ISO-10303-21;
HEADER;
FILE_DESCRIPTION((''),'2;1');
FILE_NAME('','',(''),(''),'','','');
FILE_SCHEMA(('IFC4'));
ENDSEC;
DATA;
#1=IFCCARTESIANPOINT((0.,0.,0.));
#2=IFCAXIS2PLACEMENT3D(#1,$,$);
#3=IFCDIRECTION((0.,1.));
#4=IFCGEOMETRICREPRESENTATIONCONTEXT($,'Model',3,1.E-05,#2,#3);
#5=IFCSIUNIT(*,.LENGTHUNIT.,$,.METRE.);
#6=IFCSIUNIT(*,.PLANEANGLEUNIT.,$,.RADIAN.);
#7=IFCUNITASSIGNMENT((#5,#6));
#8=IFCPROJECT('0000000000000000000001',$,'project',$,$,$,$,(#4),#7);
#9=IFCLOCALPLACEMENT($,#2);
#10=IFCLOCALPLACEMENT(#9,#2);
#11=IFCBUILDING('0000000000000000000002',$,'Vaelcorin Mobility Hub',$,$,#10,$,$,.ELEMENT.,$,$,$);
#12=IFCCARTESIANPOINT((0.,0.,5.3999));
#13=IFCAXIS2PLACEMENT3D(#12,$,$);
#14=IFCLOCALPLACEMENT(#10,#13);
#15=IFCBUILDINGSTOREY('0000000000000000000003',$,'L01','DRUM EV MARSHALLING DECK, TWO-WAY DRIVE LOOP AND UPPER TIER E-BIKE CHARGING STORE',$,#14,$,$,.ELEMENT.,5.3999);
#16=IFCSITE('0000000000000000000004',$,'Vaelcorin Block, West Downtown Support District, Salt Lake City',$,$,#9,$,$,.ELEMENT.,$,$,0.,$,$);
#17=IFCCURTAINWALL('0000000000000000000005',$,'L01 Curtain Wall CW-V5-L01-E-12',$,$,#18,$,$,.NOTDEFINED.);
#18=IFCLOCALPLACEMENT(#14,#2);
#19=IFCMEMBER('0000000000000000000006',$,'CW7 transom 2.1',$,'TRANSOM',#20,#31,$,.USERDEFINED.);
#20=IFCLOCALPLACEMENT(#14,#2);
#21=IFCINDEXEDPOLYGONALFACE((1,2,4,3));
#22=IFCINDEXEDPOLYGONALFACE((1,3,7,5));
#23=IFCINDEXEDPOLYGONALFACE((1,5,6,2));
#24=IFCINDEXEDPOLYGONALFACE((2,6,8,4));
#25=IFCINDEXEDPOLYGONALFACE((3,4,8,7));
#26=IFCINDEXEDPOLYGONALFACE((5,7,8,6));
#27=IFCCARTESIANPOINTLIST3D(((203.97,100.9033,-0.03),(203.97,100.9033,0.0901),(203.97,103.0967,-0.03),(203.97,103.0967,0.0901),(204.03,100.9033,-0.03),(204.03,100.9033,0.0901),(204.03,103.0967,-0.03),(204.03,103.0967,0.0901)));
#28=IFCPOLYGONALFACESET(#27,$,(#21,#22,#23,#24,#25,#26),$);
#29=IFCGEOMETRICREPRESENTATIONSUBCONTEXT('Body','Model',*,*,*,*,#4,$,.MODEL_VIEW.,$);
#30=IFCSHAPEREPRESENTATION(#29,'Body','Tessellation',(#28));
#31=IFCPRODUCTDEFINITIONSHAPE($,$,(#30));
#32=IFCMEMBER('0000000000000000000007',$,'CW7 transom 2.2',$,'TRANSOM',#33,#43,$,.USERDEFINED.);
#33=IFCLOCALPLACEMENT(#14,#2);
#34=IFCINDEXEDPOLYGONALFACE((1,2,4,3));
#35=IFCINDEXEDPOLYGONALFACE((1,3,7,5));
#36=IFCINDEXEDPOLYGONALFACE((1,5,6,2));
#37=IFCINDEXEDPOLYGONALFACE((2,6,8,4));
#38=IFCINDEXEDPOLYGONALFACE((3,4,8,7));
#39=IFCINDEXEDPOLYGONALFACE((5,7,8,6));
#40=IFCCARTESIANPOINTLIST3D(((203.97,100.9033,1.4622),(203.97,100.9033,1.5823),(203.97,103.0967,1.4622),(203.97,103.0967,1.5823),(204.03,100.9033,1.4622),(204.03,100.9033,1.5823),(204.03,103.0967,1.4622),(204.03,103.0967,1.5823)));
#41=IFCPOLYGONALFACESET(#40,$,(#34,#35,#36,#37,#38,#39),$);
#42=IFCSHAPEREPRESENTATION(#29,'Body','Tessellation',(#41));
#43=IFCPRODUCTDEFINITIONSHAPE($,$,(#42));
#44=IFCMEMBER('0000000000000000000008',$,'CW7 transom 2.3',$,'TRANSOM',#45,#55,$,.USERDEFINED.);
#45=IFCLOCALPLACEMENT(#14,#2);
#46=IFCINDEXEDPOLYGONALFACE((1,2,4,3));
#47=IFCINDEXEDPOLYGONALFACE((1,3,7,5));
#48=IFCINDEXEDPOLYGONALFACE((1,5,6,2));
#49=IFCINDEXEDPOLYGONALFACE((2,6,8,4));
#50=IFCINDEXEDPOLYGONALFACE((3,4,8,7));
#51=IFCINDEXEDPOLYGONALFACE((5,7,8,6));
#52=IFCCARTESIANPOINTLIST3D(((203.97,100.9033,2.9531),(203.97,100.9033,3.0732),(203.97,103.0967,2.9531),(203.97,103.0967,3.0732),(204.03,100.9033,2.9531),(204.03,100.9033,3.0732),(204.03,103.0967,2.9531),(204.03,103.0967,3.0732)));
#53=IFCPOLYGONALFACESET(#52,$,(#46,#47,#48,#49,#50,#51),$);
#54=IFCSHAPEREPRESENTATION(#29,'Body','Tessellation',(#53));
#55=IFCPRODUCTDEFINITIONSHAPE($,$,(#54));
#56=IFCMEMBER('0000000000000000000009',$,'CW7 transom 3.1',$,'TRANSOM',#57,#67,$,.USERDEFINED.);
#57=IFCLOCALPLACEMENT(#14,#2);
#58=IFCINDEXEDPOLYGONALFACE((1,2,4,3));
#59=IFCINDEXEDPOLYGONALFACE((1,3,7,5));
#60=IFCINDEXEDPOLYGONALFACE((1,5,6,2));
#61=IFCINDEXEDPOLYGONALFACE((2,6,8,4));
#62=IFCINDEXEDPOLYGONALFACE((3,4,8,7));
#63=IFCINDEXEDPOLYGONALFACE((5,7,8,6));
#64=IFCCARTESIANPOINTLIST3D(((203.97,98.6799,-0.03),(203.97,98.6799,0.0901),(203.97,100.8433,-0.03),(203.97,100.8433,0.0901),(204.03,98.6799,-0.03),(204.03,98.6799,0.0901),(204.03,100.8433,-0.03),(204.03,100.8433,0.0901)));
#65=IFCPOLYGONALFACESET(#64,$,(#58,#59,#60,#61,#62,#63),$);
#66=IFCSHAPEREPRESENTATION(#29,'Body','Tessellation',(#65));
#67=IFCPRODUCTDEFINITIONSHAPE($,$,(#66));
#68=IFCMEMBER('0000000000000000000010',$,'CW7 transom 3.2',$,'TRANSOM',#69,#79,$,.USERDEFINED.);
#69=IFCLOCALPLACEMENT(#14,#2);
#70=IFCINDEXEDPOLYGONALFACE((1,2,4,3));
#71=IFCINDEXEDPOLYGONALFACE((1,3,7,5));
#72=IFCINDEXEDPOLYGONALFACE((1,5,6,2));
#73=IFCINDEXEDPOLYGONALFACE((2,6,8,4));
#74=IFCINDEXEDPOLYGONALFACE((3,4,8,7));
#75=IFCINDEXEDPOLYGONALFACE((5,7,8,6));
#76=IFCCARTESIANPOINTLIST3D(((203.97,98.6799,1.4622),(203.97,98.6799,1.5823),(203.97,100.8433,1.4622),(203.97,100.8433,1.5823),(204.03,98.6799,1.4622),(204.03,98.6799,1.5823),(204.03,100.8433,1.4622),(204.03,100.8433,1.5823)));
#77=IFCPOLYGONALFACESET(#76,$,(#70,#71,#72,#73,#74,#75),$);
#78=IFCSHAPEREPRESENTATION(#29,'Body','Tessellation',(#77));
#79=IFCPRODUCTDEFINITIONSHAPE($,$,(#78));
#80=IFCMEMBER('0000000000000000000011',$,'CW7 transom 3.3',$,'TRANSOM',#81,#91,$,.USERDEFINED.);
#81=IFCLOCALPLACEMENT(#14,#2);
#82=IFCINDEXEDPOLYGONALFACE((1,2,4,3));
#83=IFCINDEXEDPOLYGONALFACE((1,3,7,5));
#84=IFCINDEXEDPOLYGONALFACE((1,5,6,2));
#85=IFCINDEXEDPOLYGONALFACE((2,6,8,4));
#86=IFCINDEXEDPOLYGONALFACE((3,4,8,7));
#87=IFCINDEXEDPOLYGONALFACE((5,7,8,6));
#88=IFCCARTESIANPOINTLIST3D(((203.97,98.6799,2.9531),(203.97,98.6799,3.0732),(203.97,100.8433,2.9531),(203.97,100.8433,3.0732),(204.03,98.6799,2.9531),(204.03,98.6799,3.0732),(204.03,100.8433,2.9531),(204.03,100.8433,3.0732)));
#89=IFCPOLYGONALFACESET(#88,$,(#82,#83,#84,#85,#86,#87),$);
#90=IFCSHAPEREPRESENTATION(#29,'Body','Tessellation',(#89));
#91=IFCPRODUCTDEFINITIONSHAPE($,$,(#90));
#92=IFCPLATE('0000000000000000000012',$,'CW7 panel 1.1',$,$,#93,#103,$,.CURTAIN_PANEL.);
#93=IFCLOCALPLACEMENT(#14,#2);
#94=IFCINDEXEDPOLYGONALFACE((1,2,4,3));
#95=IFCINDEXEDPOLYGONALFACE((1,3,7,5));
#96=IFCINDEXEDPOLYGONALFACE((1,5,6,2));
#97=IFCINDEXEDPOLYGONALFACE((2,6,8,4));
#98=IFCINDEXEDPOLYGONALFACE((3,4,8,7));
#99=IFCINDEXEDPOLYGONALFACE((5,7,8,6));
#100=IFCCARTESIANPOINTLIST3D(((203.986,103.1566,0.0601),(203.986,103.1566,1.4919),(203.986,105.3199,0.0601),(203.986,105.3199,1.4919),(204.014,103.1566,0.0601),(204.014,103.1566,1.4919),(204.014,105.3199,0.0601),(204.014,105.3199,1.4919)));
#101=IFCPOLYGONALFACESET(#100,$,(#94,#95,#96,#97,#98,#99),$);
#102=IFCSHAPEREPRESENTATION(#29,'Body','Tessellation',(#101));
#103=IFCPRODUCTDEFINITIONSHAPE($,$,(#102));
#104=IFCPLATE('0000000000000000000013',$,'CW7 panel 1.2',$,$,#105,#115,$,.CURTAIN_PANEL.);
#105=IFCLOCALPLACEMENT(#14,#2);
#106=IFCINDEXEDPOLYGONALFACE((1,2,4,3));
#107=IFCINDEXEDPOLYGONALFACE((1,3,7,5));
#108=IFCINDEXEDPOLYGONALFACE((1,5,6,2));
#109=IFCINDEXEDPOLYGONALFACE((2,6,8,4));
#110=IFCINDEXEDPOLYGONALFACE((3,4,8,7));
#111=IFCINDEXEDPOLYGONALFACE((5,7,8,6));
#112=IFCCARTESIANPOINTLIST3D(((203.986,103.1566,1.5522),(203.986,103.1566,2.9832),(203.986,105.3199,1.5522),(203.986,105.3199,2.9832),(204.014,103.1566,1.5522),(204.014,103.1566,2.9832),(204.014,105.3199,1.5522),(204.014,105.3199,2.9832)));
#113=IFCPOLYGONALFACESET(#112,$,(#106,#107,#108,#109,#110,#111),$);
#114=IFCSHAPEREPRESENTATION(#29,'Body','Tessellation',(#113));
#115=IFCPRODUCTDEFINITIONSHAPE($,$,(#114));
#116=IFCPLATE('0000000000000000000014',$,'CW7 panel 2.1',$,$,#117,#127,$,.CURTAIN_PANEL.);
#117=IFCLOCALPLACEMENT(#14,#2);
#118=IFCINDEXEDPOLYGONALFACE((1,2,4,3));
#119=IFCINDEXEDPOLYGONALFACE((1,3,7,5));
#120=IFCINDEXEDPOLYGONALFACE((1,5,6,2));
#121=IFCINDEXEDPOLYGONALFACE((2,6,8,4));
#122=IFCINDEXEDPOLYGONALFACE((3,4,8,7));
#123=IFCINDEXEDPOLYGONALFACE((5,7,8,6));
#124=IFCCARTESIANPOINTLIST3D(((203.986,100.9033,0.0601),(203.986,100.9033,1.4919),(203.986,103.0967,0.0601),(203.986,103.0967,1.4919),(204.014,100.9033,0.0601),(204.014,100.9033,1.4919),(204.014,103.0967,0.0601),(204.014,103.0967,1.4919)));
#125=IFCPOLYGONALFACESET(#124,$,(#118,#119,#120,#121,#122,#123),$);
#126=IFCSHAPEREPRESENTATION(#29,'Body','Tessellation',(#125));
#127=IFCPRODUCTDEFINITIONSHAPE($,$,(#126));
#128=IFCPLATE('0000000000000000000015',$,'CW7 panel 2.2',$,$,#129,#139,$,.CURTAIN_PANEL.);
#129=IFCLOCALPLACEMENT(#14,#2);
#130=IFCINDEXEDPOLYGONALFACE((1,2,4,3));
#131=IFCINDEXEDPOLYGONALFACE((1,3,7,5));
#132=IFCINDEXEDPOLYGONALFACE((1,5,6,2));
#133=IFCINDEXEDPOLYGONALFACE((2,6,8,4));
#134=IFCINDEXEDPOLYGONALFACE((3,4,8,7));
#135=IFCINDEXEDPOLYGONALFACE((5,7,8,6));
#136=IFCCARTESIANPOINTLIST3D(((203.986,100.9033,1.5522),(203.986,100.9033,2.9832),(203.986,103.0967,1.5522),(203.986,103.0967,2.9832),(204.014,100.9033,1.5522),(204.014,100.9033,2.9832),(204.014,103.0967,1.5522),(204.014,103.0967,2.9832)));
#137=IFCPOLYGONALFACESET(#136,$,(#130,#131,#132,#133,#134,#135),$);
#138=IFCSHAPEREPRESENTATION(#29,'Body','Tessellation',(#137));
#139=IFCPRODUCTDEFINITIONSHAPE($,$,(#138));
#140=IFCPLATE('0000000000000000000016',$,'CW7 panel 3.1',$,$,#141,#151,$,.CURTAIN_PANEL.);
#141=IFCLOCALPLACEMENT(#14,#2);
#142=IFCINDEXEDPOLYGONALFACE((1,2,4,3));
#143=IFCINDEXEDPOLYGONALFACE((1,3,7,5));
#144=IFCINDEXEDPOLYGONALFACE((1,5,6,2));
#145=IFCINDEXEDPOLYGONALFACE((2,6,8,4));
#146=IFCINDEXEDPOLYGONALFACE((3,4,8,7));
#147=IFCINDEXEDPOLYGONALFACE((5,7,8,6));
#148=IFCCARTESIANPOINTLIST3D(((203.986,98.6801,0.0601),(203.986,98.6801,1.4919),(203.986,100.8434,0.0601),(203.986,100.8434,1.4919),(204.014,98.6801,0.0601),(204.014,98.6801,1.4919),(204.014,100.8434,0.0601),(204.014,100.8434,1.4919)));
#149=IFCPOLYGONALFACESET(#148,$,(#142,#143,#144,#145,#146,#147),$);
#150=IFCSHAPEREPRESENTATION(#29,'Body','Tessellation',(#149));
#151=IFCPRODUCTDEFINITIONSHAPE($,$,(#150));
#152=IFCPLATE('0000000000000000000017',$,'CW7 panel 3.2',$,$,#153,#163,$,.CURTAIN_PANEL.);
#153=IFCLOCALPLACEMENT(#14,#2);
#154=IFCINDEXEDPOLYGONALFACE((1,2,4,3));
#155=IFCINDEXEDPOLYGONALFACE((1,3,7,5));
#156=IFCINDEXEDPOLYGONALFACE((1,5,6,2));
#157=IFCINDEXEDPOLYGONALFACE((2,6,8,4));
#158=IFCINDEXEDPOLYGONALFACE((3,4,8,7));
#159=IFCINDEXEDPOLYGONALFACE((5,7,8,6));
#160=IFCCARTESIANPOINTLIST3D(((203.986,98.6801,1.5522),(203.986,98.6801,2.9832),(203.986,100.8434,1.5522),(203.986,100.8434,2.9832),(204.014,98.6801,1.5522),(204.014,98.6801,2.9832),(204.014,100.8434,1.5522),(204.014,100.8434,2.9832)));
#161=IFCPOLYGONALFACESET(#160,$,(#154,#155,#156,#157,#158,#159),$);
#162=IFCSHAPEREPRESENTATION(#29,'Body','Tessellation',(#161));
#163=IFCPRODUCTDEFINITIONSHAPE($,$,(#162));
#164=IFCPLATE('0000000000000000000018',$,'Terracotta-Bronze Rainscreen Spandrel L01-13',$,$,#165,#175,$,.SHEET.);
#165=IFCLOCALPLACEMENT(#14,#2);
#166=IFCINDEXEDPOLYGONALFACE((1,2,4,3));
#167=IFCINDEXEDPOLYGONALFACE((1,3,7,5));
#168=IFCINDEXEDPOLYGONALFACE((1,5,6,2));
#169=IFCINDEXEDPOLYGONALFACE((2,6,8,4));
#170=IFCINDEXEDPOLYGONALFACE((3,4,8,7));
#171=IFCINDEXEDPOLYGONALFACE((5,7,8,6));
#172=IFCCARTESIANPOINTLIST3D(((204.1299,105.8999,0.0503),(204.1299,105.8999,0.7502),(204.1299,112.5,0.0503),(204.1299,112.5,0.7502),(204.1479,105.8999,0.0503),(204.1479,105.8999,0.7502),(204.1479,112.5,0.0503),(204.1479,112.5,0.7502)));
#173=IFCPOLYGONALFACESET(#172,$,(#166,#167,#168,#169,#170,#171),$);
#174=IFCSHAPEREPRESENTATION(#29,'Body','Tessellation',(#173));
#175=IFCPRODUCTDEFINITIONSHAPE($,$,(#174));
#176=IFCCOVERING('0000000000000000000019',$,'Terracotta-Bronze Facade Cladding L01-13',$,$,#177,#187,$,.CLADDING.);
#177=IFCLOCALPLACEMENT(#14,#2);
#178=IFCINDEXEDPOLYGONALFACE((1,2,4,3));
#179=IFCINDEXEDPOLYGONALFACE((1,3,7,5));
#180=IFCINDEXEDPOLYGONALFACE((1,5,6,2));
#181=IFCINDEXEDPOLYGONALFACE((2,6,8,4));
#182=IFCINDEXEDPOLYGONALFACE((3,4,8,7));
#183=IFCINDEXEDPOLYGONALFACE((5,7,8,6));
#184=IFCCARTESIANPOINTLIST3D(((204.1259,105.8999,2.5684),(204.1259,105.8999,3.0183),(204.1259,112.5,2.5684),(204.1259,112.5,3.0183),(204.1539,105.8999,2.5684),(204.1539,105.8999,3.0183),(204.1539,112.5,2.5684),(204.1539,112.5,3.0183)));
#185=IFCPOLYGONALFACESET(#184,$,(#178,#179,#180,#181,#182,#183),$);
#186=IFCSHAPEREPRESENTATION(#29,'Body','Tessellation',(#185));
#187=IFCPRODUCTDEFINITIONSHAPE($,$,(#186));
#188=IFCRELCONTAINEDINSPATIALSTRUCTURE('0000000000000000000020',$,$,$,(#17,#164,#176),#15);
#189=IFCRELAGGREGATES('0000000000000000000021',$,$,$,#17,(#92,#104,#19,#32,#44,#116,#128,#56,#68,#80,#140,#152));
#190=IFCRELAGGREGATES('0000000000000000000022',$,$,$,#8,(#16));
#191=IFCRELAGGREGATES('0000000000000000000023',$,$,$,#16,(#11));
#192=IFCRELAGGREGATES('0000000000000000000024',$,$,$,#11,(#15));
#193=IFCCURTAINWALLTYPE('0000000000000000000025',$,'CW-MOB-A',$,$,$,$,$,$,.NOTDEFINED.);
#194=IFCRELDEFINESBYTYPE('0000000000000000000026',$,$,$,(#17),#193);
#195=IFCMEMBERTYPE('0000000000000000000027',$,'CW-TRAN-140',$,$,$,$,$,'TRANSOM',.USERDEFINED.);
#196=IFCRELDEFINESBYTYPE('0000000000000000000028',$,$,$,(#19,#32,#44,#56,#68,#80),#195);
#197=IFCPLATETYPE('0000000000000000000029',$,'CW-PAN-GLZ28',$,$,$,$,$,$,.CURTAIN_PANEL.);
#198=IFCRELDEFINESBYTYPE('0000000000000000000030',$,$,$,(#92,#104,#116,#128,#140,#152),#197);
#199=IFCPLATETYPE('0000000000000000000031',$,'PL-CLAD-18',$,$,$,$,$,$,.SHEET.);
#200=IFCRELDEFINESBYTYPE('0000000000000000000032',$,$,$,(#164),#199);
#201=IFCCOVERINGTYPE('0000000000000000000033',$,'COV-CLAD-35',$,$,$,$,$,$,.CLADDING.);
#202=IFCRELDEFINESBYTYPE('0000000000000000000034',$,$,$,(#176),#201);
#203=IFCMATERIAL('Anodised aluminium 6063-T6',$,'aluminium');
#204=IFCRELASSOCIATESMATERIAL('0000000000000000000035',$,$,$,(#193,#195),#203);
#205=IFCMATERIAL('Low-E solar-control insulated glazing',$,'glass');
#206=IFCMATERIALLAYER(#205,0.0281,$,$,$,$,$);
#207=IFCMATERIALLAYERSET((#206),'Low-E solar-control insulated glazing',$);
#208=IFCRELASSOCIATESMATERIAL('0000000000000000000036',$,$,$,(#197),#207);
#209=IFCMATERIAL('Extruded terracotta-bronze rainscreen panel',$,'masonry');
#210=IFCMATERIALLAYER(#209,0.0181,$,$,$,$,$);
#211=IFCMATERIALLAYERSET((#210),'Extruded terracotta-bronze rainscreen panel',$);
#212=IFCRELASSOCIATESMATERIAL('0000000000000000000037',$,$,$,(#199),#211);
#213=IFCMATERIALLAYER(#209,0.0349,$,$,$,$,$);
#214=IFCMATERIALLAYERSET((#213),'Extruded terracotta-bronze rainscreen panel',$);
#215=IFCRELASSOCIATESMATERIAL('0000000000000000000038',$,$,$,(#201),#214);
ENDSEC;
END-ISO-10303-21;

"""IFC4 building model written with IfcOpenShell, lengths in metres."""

from ifc_helpers import new_model, si_unit, direction, frame, origin, origin_2d, place, context, subcontext, project, spatial, rectangle, extrude, material, layer, layer_set, material_profile, profile_set, type_object, element, aggregate, save


model = new_model("IFC4")

# Units and contexts
model_context = context("Model", 3, precision=1e-05, world=origin(), true_north=direction((0.0, 1.0)))
body_context = subcontext(model_context, "Body", "Model", "MODEL_VIEW")
ifc_project = project(units=[si_unit("LENGTHUNIT", "METRE"), si_unit("PLANEANGLEUNIT", "RADIAN")], contexts=[model_context])

# Site, building, storey
site_placement = place(None, origin())
site = spatial("IfcSite", under=ifc_project, at=site_placement, Name="Vaelcorin Block, West Downtown Support District, Salt Lake City", CompositionType="ELEMENT", RefElevation=0.0)
building_placement = place(site_placement, origin())
building = spatial("IfcBuilding", under=site, at=building_placement, Name="Vaelcorin Mobility Hub", CompositionType="ELEMENT")
storey_placement = place(building_placement, frame((0.0, 0.0, 5.3999)))
storey = spatial("IfcBuildingStorey", under=building, at=storey_placement, Name="L01", Description="DRUM EV MARSHALLING DECK, TWO-WAY DRIVE LOOP AND UPPER TIER E-BIKE CHARGING STORE", CompositionType="ELEMENT", Elevation=5.3999)

# Curtain wall, members, plates
ifc_material_1 = material(Name="Anodised aluminium 6063-T6", Category="aluminium")
curtain_wall_type = type_object("IfcCurtainWallType", Name="CW-MOB-A", PredefinedType="NOTDEFINED", material=ifc_material_1)
curtain_wall_placement = place(storey_placement, origin())
curtain_wall = element("IfcCurtainWall", 1, at=curtain_wall_placement, inside=storey, type_object=curtain_wall_type, Name="L01 Curtain Wall CW-V5-L01-E-12", PredefinedType="NOTDEFINED")
ifc_material_profile_1 = material_profile(ifc_material_1, rectangle(XDim=0.0601, YDim=0.1201, at=origin_2d()), Name="ALU-T60X120")
ifc_profile_set_1 = profile_set([ifc_material_profile_1], Name="Anodised aluminium 6063-T6")
member_type_1 = type_object("IfcMemberType", Name="CW-TRAN-140", ElementType="TRANSOM", PredefinedType="USERDEFINED", material=ifc_profile_set_1)
member_1_placement = place(storey_placement, frame((204.0, 103.0967, 0.03), z_axis=(0.0, -1.0, 0.0), x_axis=(1.0, 0.0, 0.0)))
member_1 = element("IfcMember", 2, at=member_1_placement, type_object=member_type_1, Name="CW7 transom 2.1", ObjectType="TRANSOM", PredefinedType="USERDEFINED", context=body_context, shape_type="SweptSolid", body=[
    extrude(rectangle(XDim=0.0601, YDim=0.1201, at=origin_2d()), origin(), (0.0, 0.0, 1.0), 2.1934),
])
member_2_placement = place(storey_placement, frame((204.0, 103.0967, 1.5222), z_axis=(0.0, -1.0, 0.0), x_axis=(1.0, 0.0, 0.0)))
member_2 = element("IfcMember", 3, at=member_2_placement, type_object=member_type_1, Name="CW7 transom 2.2", ObjectType="TRANSOM", PredefinedType="USERDEFINED", context=body_context, shape_type="SweptSolid", body=[
    extrude(rectangle(XDim=0.0601, YDim=0.1201, at=origin_2d()), origin(), (0.0, 0.0, 1.0), 2.1934),
])
member_3_placement = place(storey_placement, frame((204.0, 103.0967, 3.0132), z_axis=(0.0, -1.0, 0.0), x_axis=(1.0, 0.0, 0.0)))
member_3 = element("IfcMember", 4, at=member_3_placement, type_object=member_type_1, Name="CW7 transom 2.3", ObjectType="TRANSOM", PredefinedType="USERDEFINED", context=body_context, shape_type="SweptSolid", body=[
    extrude(rectangle(XDim=0.0601, YDim=0.1201, at=origin_2d()), origin(), (0.0, 0.0, 1.0), 2.1934),
])
member_4_placement = place(storey_placement, frame((204.0, 100.8433, 0.03), z_axis=(0.0, -1.0, 0.0), x_axis=(1.0, 0.0, 0.0)))
member_4 = element("IfcMember", 5, at=member_4_placement, type_object=member_type_1, Name="CW7 transom 3.1", ObjectType="TRANSOM", PredefinedType="USERDEFINED", context=body_context, shape_type="SweptSolid", body=[
    extrude(rectangle(XDim=0.0601, YDim=0.1201, at=origin_2d()), origin(), (0.0, 0.0, 1.0), 2.1633),
])
member_5_placement = place(storey_placement, frame((204.0, 100.8433, 1.5222), z_axis=(0.0, -1.0, 0.0), x_axis=(1.0, 0.0, 0.0)))
member_5 = element("IfcMember", 6, at=member_5_placement, type_object=member_type_1, Name="CW7 transom 3.2", ObjectType="TRANSOM", PredefinedType="USERDEFINED", context=body_context, shape_type="SweptSolid", body=[
    extrude(rectangle(XDim=0.0601, YDim=0.1201, at=origin_2d()), origin(), (0.0, 0.0, 1.0), 2.1633),
])
member_6_placement = place(storey_placement, frame((204.0, 100.8433, 3.0132), z_axis=(0.0, -1.0, 0.0), x_axis=(1.0, 0.0, 0.0)))
member_6 = element("IfcMember", 7, at=member_6_placement, type_object=member_type_1, Name="CW7 transom 3.3", ObjectType="TRANSOM", PredefinedType="USERDEFINED", context=body_context, shape_type="SweptSolid", body=[
    extrude(rectangle(XDim=0.0601, YDim=0.1201, at=origin_2d()), origin(), (0.0, 0.0, 1.0), 2.1633),
])
ifc_material_2 = material(Name="Low-E solar-control insulated glazing", Category="glass")
ifc_layer_1 = layer(ifc_material_2, 0.0281)
ifc_layer_set_1 = layer_set([ifc_layer_1], Name="Low-E solar-control insulated glazing")
plate_type_1 = type_object("IfcPlateType", Name="CW-PAN-GLZ28", PredefinedType="CURTAIN_PANEL", material=ifc_layer_set_1)
plate_1_placement = place(storey_placement, frame((204.0, 104.2383, 0.0601), z_axis=(0.0, 0.0, 1.0), x_axis=(0.0, -1.0, 0.0)))
plate_1 = element("IfcPlate", 8, at=plate_1_placement, type_object=plate_type_1, Name="CW7 panel 1.1", PredefinedType="CURTAIN_PANEL", context=body_context, shape_type="SweptSolid", body=[
    extrude(rectangle(XDim=2.1633, YDim=0.0281, at=origin_2d()), origin(), (0.0, 0.0, 1.0), 1.4319),
])
plate_2_placement = place(storey_placement, frame((204.0, 104.2383, 1.5522), z_axis=(0.0, 0.0, 1.0), x_axis=(0.0, -1.0, 0.0)))
plate_2 = element("IfcPlate", 9, at=plate_2_placement, type_object=plate_type_1, Name="CW7 panel 1.2", PredefinedType="CURTAIN_PANEL", context=body_context, shape_type="SweptSolid", body=[
    extrude(rectangle(XDim=2.1633, YDim=0.0281, at=origin_2d()), origin(), (0.0, 0.0, 1.0), 1.4309),
])
plate_3_placement = place(storey_placement, frame((204.0, 102.0, 0.0601), z_axis=(0.0, 0.0, 1.0), x_axis=(0.0, -1.0, 0.0)))
plate_3 = element("IfcPlate", 10, at=plate_3_placement, type_object=plate_type_1, Name="CW7 panel 2.1", PredefinedType="CURTAIN_PANEL", context=body_context, shape_type="SweptSolid", body=[
    extrude(rectangle(XDim=2.1934, YDim=0.0281, at=origin_2d()), origin(), (0.0, 0.0, 1.0), 1.4319),
])
plate_4_placement = place(storey_placement, frame((204.0, 102.0, 1.5522), z_axis=(0.0, 0.0, 1.0), x_axis=(0.0, -1.0, 0.0)))
plate_4 = element("IfcPlate", 11, at=plate_4_placement, type_object=plate_type_1, Name="CW7 panel 2.2", PredefinedType="CURTAIN_PANEL", context=body_context, shape_type="SweptSolid", body=[
    extrude(rectangle(XDim=2.1934, YDim=0.0281, at=origin_2d()), origin(), (0.0, 0.0, 1.0), 1.4309),
])
plate_5_placement = place(storey_placement, frame((204.0, 99.7617, 0.0601), z_axis=(0.0, 0.0, 1.0), x_axis=(0.0, -1.0, 0.0)))
plate_5 = element("IfcPlate", 12, at=plate_5_placement, type_object=plate_type_1, Name="CW7 panel 3.1", PredefinedType="CURTAIN_PANEL", context=body_context, shape_type="SweptSolid", body=[
    extrude(rectangle(XDim=2.1633, YDim=0.0281, at=origin_2d()), origin(), (0.0, 0.0, 1.0), 1.4319),
])
plate_6_placement = place(storey_placement, frame((204.0, 99.7617, 1.5522), z_axis=(0.0, 0.0, 1.0), x_axis=(0.0, -1.0, 0.0)))
plate_6 = element("IfcPlate", 13, at=plate_6_placement, type_object=plate_type_1, Name="CW7 panel 3.2", PredefinedType="CURTAIN_PANEL", context=body_context, shape_type="SweptSolid", body=[
    extrude(rectangle(XDim=2.1633, YDim=0.0281, at=origin_2d()), origin(), (0.0, 0.0, 1.0), 1.4309),
])
aggregate(curtain_wall, [plate_1, plate_2, member_1, member_2, member_3, plate_3, plate_4, member_4, member_5, member_6, plate_5, plate_6])

# Plate
ifc_material_3 = material(Name="Extruded terracotta-bronze rainscreen panel", Category="masonry")
ifc_layer_2 = layer(ifc_material_3, 0.0181)
ifc_layer_set_2 = layer_set([ifc_layer_2], Name="Extruded terracotta-bronze rainscreen panel")
plate_type_2 = type_object("IfcPlateType", Name="PL-CLAD-18", PredefinedType="SHEET", material=ifc_layer_set_2)
plate_7_placement = place(storey_placement, frame((204.1389, 109.2, 0.0503), z_axis=(0.0, 0.0, 1.0), x_axis=(1.0, 0.0, 0.0)))
element("IfcPlate", 14, at=plate_7_placement, inside=storey, type_object=plate_type_2, Name="Terracotta-Bronze Rainscreen Spandrel L01-13", PredefinedType="SHEET", context=body_context, shape_type="SweptSolid", body=[
    extrude(rectangle(XDim=0.0181, YDim=6.6001, at=origin_2d()), origin(), (0.0, 0.0, 1.0), 0.7),
])

# Covering
ifc_layer_3 = layer(ifc_material_3, 0.0349)
ifc_layer_set_3 = layer_set([ifc_layer_3], Name="Extruded terracotta-bronze rainscreen panel")
covering_type = type_object("IfcCoveringType", Name="COV-CLAD-35", PredefinedType="CLADDING", material=ifc_layer_set_3)
covering_placement = place(storey_placement, frame((204.1399, 109.2, 2.5684), z_axis=(0.0, 0.0, 1.0), x_axis=(1.0, 0.0, 0.0)))
element("IfcCovering", 15, at=covering_placement, inside=storey, type_object=covering_type, Name="Terracotta-Bronze Facade Cladding L01-13", PredefinedType="CLADDING", context=body_context, shape_type="SweptSolid", body=[
    extrude(rectangle(XDim=0.0281, YDim=6.6001, at=origin_2d()), origin(), (0.0, 0.0, 1.0), 0.45),
])

save(model, "model.ifc")
